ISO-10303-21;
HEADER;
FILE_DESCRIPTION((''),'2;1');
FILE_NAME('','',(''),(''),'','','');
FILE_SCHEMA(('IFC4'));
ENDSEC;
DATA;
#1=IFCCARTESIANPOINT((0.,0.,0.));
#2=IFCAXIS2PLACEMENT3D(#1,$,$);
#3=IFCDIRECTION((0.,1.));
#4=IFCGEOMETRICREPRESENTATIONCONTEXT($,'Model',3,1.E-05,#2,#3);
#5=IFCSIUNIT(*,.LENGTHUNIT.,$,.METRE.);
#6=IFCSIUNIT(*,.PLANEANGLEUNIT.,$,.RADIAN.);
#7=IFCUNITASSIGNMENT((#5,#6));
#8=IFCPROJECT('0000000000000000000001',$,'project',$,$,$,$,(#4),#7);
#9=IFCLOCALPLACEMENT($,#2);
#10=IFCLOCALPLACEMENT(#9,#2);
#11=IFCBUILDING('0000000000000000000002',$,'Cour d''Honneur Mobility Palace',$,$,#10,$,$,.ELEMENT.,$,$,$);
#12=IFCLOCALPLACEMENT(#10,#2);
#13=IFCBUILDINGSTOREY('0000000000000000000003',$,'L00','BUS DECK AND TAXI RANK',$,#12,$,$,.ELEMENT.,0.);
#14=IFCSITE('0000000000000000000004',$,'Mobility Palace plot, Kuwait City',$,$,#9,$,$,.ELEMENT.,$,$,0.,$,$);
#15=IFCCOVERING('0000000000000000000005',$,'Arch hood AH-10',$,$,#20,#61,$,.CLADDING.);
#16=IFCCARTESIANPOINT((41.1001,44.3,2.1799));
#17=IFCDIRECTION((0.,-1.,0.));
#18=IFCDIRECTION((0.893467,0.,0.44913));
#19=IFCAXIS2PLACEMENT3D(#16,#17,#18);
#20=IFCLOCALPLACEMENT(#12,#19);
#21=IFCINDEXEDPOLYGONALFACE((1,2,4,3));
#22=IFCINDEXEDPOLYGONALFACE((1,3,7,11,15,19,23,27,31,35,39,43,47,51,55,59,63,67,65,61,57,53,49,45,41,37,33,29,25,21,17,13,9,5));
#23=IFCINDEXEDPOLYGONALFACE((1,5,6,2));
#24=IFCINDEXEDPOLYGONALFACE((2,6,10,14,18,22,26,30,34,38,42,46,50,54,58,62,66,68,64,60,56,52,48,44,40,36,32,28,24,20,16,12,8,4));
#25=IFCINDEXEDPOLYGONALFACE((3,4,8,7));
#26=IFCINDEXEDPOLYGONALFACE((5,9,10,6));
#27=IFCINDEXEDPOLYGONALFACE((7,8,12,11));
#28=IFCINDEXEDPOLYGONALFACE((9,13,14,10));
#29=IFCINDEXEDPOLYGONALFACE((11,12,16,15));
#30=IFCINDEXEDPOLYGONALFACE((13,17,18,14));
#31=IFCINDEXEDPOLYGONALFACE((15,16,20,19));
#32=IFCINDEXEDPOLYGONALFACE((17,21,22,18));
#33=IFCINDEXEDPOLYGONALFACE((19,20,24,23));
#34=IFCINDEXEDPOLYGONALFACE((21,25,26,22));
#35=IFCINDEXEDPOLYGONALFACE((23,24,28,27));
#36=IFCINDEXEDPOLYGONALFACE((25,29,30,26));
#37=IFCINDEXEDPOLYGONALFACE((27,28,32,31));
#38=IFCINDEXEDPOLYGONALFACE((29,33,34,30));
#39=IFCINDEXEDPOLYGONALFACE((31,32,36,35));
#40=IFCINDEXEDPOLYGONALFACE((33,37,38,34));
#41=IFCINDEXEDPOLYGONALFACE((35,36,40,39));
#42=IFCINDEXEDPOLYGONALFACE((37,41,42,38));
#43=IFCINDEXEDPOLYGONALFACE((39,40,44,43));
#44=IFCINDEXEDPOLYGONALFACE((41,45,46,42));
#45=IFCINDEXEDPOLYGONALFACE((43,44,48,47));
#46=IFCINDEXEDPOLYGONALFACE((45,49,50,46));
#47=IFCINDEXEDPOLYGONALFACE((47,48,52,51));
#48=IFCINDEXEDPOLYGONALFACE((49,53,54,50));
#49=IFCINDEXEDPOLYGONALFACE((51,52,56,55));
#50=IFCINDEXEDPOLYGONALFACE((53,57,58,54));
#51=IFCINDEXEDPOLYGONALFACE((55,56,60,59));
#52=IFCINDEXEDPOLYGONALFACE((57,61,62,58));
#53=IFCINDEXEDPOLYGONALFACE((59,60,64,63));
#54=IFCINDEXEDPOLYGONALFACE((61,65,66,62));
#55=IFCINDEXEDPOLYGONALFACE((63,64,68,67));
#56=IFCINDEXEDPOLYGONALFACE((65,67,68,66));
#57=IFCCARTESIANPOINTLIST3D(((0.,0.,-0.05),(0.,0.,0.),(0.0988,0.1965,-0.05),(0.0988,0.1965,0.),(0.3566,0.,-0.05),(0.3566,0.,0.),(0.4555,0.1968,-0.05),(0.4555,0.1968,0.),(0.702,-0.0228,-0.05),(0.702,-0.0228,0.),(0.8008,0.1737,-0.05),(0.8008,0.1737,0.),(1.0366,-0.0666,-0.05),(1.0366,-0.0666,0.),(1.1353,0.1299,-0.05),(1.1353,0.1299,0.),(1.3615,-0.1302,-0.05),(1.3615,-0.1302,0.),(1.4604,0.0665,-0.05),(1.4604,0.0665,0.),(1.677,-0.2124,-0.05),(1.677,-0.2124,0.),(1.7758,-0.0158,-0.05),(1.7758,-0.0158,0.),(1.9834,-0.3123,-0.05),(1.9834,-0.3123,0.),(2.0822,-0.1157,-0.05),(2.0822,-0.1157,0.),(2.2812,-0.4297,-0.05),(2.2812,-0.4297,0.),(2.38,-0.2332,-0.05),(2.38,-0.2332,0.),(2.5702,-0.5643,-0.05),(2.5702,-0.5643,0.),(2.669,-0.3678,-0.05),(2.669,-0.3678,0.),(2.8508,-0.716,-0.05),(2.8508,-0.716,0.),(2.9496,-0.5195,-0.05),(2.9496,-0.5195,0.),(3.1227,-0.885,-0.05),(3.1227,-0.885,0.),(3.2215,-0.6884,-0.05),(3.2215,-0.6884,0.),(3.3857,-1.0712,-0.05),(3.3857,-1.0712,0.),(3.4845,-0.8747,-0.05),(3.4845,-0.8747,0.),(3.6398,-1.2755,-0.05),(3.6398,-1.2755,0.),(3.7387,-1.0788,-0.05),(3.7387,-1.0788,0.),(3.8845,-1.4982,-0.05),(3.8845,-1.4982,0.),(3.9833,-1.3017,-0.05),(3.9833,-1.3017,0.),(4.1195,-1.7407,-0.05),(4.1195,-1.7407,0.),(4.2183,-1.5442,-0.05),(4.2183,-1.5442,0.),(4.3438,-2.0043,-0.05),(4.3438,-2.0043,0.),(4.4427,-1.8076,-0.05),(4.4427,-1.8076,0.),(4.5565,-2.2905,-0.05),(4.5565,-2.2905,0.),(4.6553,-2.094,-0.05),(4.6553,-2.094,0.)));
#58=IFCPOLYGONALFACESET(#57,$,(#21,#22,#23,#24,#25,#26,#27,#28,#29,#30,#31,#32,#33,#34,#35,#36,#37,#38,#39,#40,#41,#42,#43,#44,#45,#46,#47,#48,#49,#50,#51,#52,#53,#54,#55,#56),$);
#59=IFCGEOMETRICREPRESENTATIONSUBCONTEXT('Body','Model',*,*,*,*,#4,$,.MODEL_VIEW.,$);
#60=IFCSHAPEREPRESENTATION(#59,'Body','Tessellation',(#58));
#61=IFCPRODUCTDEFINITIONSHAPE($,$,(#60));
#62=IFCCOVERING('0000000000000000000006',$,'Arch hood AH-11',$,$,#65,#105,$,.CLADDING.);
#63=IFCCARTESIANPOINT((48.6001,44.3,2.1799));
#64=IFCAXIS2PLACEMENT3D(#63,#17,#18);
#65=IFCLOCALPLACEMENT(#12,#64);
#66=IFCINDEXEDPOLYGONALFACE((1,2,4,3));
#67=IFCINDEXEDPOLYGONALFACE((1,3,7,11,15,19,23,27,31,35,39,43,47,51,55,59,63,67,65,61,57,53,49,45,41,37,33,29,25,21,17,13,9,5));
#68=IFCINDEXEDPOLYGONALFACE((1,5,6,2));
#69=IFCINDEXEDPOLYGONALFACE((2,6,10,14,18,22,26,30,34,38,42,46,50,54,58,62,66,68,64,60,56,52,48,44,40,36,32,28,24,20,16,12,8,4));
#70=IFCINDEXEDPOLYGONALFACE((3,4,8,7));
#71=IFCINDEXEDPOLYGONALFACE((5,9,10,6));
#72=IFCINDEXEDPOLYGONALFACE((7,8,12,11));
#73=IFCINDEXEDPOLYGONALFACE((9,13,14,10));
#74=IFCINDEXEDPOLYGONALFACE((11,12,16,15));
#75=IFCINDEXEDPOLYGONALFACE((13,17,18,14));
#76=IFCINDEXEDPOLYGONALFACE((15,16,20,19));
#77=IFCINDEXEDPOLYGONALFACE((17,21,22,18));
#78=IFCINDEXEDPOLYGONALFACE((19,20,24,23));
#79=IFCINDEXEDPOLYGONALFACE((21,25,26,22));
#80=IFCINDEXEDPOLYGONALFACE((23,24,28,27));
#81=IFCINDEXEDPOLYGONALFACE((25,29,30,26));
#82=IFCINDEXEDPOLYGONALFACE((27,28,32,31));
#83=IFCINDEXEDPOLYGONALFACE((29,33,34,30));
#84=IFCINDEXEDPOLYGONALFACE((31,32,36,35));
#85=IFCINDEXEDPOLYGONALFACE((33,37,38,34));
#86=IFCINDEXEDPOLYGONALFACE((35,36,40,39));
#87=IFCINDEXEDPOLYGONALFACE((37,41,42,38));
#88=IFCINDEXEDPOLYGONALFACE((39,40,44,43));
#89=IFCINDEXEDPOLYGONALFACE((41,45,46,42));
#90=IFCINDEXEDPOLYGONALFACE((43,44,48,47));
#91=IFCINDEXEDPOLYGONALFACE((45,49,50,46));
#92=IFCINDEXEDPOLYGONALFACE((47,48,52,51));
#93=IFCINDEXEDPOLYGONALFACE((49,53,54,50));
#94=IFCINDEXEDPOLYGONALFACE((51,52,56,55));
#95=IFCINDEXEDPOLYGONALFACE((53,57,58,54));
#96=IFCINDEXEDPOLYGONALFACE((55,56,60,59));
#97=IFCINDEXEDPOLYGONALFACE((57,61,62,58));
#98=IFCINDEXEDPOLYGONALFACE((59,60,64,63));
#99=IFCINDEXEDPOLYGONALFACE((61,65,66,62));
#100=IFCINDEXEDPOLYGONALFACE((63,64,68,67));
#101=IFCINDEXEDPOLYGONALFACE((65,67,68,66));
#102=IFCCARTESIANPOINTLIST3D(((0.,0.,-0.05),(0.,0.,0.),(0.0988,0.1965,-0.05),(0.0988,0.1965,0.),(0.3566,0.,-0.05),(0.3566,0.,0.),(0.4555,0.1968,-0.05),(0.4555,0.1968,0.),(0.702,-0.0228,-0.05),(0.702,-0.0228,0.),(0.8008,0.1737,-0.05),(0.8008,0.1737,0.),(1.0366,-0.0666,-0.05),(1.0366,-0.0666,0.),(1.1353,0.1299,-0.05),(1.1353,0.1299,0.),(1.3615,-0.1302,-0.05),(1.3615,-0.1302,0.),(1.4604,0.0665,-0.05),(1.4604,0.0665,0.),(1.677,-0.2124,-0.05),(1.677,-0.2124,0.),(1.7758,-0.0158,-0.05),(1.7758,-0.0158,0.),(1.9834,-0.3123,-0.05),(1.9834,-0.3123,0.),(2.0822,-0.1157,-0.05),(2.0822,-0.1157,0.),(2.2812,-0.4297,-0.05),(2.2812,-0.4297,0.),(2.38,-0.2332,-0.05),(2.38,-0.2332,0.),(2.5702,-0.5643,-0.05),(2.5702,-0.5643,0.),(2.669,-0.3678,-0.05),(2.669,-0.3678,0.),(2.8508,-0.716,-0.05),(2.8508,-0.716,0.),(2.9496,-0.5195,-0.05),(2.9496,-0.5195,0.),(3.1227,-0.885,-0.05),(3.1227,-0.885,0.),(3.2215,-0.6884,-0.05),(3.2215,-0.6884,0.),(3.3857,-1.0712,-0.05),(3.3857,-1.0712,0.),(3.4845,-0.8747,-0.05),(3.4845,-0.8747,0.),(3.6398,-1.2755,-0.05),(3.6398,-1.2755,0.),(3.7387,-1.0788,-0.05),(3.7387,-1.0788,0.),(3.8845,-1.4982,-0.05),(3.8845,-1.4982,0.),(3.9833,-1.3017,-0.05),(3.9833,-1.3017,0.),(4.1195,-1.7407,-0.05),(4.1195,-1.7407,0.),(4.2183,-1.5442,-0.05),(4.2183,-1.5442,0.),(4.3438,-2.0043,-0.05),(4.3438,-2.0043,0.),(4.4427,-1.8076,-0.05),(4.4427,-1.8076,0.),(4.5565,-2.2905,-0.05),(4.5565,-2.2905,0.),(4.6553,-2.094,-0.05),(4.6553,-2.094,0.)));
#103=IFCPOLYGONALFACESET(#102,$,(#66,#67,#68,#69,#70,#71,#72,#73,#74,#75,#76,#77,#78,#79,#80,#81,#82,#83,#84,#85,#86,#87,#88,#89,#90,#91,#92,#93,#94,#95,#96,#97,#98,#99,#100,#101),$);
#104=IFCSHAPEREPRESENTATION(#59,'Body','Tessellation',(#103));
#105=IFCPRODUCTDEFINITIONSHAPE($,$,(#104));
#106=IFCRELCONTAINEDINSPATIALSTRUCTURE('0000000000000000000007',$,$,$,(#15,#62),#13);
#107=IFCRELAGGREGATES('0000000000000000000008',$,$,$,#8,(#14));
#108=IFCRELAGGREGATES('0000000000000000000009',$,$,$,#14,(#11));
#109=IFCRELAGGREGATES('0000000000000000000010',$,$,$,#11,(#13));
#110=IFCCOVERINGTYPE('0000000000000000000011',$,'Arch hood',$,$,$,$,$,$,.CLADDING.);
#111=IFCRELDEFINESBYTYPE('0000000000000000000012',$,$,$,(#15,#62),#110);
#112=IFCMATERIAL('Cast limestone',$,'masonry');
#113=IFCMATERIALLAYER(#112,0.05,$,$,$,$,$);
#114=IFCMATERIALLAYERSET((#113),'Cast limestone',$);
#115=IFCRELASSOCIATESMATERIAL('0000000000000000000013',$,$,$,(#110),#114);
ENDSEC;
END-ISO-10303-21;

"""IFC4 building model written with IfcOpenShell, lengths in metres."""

from ifc_helpers import new_model, si_unit, direction, frame, origin, place, context, subcontext, project, spatial, polyline, outline, extrude, material, layer, layer_set, type_object, element, save


model = new_model("IFC4")

# Units and contexts
model_context = context("Model", 3, precision=1e-05, world=origin(), true_north=direction((0.0, 1.0)))
body_context = subcontext(model_context, "Body", "Model", "MODEL_VIEW")
ifc_project = project(units=[si_unit("LENGTHUNIT", "METRE"), si_unit("PLANEANGLEUNIT", "RADIAN")], contexts=[model_context])

# Site, building, storey
site_placement = place(None, origin())
site = spatial("IfcSite", under=ifc_project, at=site_placement, Name="Mobility Palace plot, Kuwait City", CompositionType="ELEMENT", RefElevation=0.0)
building_placement = place(site_placement, origin())
building = spatial("IfcBuilding", under=site, at=building_placement, Name="Cour d'Honneur Mobility Palace", CompositionType="ELEMENT")
storey_placement = place(building_placement, origin())
storey = spatial("IfcBuildingStorey", under=building, at=storey_placement, Name="L00", Description="BUS DECK AND TAXI RANK", CompositionType="ELEMENT", Elevation=0.0)

# Coverings
ifc_material_1 = material(Name="Cast limestone", Category="masonry")
ifc_layer_1 = layer(ifc_material_1, 0.05)
ifc_layer_set_1 = layer_set([ifc_layer_1], Name="Cast limestone")
covering_type_1 = type_object("IfcCoveringType", Name="Arch hood", PredefinedType="CLADDING", material=ifc_layer_set_1)
for number, where, z_axis, x_axis, name in (
    (1, (41.1001, 44.3, 2.1799), (0.0, -1.0, 0.0), (0.893467, 0.0, 0.44913), "Arch hood AH-10"),
    (2, (48.6001, 44.3, 2.1799), (0.0, -1.0, 0.0), (0.893467, 0.0, 0.44913), "Arch hood AH-11"),
):
    element("IfcCovering", number, at=place(storey_placement, frame(where, z_axis=z_axis, x_axis=x_axis)), inside=storey, type_object=covering_type_1, Name=name, PredefinedType="CLADDING", context=body_context, shape_type="SweptSolid", body=[
        extrude(outline(polyline([(0.0, 0.0), (0.3566, 0.0), (0.702, -0.0228), (1.0366, -0.0666), (1.3615, -0.1302), (1.677, -0.2124), (1.9834, -0.3123), (2.2812, -0.4297), (2.5702, -0.5643), (2.8508, -0.716), (3.1227, -0.885), (3.3857, -1.0712), (3.6398, -1.2755), (3.8845, -1.4982), (4.1195, -1.7407), (4.3438, -2.0043), (4.5565, -2.2905), (4.6553, -2.094), (4.4427, -1.8076), (4.2183, -1.5442), (3.9833, -1.3017), (3.7387, -1.0788), (3.4845, -0.8747), (3.2215, -0.6884), (2.9496, -0.5195), (2.669, -0.3678), (2.38, -0.2332), (2.0822, -0.1157), (1.7758, -0.0158), (1.4604, 0.0665), (1.1353, 0.1299), (0.8008, 0.1737), (0.4555, 0.1968), (0.0988, 0.1965), (0.0, 0.0)])), origin(), (0.0, 0.0, -1.0), 0.05),
    ])

save(model, "model.ifc")
